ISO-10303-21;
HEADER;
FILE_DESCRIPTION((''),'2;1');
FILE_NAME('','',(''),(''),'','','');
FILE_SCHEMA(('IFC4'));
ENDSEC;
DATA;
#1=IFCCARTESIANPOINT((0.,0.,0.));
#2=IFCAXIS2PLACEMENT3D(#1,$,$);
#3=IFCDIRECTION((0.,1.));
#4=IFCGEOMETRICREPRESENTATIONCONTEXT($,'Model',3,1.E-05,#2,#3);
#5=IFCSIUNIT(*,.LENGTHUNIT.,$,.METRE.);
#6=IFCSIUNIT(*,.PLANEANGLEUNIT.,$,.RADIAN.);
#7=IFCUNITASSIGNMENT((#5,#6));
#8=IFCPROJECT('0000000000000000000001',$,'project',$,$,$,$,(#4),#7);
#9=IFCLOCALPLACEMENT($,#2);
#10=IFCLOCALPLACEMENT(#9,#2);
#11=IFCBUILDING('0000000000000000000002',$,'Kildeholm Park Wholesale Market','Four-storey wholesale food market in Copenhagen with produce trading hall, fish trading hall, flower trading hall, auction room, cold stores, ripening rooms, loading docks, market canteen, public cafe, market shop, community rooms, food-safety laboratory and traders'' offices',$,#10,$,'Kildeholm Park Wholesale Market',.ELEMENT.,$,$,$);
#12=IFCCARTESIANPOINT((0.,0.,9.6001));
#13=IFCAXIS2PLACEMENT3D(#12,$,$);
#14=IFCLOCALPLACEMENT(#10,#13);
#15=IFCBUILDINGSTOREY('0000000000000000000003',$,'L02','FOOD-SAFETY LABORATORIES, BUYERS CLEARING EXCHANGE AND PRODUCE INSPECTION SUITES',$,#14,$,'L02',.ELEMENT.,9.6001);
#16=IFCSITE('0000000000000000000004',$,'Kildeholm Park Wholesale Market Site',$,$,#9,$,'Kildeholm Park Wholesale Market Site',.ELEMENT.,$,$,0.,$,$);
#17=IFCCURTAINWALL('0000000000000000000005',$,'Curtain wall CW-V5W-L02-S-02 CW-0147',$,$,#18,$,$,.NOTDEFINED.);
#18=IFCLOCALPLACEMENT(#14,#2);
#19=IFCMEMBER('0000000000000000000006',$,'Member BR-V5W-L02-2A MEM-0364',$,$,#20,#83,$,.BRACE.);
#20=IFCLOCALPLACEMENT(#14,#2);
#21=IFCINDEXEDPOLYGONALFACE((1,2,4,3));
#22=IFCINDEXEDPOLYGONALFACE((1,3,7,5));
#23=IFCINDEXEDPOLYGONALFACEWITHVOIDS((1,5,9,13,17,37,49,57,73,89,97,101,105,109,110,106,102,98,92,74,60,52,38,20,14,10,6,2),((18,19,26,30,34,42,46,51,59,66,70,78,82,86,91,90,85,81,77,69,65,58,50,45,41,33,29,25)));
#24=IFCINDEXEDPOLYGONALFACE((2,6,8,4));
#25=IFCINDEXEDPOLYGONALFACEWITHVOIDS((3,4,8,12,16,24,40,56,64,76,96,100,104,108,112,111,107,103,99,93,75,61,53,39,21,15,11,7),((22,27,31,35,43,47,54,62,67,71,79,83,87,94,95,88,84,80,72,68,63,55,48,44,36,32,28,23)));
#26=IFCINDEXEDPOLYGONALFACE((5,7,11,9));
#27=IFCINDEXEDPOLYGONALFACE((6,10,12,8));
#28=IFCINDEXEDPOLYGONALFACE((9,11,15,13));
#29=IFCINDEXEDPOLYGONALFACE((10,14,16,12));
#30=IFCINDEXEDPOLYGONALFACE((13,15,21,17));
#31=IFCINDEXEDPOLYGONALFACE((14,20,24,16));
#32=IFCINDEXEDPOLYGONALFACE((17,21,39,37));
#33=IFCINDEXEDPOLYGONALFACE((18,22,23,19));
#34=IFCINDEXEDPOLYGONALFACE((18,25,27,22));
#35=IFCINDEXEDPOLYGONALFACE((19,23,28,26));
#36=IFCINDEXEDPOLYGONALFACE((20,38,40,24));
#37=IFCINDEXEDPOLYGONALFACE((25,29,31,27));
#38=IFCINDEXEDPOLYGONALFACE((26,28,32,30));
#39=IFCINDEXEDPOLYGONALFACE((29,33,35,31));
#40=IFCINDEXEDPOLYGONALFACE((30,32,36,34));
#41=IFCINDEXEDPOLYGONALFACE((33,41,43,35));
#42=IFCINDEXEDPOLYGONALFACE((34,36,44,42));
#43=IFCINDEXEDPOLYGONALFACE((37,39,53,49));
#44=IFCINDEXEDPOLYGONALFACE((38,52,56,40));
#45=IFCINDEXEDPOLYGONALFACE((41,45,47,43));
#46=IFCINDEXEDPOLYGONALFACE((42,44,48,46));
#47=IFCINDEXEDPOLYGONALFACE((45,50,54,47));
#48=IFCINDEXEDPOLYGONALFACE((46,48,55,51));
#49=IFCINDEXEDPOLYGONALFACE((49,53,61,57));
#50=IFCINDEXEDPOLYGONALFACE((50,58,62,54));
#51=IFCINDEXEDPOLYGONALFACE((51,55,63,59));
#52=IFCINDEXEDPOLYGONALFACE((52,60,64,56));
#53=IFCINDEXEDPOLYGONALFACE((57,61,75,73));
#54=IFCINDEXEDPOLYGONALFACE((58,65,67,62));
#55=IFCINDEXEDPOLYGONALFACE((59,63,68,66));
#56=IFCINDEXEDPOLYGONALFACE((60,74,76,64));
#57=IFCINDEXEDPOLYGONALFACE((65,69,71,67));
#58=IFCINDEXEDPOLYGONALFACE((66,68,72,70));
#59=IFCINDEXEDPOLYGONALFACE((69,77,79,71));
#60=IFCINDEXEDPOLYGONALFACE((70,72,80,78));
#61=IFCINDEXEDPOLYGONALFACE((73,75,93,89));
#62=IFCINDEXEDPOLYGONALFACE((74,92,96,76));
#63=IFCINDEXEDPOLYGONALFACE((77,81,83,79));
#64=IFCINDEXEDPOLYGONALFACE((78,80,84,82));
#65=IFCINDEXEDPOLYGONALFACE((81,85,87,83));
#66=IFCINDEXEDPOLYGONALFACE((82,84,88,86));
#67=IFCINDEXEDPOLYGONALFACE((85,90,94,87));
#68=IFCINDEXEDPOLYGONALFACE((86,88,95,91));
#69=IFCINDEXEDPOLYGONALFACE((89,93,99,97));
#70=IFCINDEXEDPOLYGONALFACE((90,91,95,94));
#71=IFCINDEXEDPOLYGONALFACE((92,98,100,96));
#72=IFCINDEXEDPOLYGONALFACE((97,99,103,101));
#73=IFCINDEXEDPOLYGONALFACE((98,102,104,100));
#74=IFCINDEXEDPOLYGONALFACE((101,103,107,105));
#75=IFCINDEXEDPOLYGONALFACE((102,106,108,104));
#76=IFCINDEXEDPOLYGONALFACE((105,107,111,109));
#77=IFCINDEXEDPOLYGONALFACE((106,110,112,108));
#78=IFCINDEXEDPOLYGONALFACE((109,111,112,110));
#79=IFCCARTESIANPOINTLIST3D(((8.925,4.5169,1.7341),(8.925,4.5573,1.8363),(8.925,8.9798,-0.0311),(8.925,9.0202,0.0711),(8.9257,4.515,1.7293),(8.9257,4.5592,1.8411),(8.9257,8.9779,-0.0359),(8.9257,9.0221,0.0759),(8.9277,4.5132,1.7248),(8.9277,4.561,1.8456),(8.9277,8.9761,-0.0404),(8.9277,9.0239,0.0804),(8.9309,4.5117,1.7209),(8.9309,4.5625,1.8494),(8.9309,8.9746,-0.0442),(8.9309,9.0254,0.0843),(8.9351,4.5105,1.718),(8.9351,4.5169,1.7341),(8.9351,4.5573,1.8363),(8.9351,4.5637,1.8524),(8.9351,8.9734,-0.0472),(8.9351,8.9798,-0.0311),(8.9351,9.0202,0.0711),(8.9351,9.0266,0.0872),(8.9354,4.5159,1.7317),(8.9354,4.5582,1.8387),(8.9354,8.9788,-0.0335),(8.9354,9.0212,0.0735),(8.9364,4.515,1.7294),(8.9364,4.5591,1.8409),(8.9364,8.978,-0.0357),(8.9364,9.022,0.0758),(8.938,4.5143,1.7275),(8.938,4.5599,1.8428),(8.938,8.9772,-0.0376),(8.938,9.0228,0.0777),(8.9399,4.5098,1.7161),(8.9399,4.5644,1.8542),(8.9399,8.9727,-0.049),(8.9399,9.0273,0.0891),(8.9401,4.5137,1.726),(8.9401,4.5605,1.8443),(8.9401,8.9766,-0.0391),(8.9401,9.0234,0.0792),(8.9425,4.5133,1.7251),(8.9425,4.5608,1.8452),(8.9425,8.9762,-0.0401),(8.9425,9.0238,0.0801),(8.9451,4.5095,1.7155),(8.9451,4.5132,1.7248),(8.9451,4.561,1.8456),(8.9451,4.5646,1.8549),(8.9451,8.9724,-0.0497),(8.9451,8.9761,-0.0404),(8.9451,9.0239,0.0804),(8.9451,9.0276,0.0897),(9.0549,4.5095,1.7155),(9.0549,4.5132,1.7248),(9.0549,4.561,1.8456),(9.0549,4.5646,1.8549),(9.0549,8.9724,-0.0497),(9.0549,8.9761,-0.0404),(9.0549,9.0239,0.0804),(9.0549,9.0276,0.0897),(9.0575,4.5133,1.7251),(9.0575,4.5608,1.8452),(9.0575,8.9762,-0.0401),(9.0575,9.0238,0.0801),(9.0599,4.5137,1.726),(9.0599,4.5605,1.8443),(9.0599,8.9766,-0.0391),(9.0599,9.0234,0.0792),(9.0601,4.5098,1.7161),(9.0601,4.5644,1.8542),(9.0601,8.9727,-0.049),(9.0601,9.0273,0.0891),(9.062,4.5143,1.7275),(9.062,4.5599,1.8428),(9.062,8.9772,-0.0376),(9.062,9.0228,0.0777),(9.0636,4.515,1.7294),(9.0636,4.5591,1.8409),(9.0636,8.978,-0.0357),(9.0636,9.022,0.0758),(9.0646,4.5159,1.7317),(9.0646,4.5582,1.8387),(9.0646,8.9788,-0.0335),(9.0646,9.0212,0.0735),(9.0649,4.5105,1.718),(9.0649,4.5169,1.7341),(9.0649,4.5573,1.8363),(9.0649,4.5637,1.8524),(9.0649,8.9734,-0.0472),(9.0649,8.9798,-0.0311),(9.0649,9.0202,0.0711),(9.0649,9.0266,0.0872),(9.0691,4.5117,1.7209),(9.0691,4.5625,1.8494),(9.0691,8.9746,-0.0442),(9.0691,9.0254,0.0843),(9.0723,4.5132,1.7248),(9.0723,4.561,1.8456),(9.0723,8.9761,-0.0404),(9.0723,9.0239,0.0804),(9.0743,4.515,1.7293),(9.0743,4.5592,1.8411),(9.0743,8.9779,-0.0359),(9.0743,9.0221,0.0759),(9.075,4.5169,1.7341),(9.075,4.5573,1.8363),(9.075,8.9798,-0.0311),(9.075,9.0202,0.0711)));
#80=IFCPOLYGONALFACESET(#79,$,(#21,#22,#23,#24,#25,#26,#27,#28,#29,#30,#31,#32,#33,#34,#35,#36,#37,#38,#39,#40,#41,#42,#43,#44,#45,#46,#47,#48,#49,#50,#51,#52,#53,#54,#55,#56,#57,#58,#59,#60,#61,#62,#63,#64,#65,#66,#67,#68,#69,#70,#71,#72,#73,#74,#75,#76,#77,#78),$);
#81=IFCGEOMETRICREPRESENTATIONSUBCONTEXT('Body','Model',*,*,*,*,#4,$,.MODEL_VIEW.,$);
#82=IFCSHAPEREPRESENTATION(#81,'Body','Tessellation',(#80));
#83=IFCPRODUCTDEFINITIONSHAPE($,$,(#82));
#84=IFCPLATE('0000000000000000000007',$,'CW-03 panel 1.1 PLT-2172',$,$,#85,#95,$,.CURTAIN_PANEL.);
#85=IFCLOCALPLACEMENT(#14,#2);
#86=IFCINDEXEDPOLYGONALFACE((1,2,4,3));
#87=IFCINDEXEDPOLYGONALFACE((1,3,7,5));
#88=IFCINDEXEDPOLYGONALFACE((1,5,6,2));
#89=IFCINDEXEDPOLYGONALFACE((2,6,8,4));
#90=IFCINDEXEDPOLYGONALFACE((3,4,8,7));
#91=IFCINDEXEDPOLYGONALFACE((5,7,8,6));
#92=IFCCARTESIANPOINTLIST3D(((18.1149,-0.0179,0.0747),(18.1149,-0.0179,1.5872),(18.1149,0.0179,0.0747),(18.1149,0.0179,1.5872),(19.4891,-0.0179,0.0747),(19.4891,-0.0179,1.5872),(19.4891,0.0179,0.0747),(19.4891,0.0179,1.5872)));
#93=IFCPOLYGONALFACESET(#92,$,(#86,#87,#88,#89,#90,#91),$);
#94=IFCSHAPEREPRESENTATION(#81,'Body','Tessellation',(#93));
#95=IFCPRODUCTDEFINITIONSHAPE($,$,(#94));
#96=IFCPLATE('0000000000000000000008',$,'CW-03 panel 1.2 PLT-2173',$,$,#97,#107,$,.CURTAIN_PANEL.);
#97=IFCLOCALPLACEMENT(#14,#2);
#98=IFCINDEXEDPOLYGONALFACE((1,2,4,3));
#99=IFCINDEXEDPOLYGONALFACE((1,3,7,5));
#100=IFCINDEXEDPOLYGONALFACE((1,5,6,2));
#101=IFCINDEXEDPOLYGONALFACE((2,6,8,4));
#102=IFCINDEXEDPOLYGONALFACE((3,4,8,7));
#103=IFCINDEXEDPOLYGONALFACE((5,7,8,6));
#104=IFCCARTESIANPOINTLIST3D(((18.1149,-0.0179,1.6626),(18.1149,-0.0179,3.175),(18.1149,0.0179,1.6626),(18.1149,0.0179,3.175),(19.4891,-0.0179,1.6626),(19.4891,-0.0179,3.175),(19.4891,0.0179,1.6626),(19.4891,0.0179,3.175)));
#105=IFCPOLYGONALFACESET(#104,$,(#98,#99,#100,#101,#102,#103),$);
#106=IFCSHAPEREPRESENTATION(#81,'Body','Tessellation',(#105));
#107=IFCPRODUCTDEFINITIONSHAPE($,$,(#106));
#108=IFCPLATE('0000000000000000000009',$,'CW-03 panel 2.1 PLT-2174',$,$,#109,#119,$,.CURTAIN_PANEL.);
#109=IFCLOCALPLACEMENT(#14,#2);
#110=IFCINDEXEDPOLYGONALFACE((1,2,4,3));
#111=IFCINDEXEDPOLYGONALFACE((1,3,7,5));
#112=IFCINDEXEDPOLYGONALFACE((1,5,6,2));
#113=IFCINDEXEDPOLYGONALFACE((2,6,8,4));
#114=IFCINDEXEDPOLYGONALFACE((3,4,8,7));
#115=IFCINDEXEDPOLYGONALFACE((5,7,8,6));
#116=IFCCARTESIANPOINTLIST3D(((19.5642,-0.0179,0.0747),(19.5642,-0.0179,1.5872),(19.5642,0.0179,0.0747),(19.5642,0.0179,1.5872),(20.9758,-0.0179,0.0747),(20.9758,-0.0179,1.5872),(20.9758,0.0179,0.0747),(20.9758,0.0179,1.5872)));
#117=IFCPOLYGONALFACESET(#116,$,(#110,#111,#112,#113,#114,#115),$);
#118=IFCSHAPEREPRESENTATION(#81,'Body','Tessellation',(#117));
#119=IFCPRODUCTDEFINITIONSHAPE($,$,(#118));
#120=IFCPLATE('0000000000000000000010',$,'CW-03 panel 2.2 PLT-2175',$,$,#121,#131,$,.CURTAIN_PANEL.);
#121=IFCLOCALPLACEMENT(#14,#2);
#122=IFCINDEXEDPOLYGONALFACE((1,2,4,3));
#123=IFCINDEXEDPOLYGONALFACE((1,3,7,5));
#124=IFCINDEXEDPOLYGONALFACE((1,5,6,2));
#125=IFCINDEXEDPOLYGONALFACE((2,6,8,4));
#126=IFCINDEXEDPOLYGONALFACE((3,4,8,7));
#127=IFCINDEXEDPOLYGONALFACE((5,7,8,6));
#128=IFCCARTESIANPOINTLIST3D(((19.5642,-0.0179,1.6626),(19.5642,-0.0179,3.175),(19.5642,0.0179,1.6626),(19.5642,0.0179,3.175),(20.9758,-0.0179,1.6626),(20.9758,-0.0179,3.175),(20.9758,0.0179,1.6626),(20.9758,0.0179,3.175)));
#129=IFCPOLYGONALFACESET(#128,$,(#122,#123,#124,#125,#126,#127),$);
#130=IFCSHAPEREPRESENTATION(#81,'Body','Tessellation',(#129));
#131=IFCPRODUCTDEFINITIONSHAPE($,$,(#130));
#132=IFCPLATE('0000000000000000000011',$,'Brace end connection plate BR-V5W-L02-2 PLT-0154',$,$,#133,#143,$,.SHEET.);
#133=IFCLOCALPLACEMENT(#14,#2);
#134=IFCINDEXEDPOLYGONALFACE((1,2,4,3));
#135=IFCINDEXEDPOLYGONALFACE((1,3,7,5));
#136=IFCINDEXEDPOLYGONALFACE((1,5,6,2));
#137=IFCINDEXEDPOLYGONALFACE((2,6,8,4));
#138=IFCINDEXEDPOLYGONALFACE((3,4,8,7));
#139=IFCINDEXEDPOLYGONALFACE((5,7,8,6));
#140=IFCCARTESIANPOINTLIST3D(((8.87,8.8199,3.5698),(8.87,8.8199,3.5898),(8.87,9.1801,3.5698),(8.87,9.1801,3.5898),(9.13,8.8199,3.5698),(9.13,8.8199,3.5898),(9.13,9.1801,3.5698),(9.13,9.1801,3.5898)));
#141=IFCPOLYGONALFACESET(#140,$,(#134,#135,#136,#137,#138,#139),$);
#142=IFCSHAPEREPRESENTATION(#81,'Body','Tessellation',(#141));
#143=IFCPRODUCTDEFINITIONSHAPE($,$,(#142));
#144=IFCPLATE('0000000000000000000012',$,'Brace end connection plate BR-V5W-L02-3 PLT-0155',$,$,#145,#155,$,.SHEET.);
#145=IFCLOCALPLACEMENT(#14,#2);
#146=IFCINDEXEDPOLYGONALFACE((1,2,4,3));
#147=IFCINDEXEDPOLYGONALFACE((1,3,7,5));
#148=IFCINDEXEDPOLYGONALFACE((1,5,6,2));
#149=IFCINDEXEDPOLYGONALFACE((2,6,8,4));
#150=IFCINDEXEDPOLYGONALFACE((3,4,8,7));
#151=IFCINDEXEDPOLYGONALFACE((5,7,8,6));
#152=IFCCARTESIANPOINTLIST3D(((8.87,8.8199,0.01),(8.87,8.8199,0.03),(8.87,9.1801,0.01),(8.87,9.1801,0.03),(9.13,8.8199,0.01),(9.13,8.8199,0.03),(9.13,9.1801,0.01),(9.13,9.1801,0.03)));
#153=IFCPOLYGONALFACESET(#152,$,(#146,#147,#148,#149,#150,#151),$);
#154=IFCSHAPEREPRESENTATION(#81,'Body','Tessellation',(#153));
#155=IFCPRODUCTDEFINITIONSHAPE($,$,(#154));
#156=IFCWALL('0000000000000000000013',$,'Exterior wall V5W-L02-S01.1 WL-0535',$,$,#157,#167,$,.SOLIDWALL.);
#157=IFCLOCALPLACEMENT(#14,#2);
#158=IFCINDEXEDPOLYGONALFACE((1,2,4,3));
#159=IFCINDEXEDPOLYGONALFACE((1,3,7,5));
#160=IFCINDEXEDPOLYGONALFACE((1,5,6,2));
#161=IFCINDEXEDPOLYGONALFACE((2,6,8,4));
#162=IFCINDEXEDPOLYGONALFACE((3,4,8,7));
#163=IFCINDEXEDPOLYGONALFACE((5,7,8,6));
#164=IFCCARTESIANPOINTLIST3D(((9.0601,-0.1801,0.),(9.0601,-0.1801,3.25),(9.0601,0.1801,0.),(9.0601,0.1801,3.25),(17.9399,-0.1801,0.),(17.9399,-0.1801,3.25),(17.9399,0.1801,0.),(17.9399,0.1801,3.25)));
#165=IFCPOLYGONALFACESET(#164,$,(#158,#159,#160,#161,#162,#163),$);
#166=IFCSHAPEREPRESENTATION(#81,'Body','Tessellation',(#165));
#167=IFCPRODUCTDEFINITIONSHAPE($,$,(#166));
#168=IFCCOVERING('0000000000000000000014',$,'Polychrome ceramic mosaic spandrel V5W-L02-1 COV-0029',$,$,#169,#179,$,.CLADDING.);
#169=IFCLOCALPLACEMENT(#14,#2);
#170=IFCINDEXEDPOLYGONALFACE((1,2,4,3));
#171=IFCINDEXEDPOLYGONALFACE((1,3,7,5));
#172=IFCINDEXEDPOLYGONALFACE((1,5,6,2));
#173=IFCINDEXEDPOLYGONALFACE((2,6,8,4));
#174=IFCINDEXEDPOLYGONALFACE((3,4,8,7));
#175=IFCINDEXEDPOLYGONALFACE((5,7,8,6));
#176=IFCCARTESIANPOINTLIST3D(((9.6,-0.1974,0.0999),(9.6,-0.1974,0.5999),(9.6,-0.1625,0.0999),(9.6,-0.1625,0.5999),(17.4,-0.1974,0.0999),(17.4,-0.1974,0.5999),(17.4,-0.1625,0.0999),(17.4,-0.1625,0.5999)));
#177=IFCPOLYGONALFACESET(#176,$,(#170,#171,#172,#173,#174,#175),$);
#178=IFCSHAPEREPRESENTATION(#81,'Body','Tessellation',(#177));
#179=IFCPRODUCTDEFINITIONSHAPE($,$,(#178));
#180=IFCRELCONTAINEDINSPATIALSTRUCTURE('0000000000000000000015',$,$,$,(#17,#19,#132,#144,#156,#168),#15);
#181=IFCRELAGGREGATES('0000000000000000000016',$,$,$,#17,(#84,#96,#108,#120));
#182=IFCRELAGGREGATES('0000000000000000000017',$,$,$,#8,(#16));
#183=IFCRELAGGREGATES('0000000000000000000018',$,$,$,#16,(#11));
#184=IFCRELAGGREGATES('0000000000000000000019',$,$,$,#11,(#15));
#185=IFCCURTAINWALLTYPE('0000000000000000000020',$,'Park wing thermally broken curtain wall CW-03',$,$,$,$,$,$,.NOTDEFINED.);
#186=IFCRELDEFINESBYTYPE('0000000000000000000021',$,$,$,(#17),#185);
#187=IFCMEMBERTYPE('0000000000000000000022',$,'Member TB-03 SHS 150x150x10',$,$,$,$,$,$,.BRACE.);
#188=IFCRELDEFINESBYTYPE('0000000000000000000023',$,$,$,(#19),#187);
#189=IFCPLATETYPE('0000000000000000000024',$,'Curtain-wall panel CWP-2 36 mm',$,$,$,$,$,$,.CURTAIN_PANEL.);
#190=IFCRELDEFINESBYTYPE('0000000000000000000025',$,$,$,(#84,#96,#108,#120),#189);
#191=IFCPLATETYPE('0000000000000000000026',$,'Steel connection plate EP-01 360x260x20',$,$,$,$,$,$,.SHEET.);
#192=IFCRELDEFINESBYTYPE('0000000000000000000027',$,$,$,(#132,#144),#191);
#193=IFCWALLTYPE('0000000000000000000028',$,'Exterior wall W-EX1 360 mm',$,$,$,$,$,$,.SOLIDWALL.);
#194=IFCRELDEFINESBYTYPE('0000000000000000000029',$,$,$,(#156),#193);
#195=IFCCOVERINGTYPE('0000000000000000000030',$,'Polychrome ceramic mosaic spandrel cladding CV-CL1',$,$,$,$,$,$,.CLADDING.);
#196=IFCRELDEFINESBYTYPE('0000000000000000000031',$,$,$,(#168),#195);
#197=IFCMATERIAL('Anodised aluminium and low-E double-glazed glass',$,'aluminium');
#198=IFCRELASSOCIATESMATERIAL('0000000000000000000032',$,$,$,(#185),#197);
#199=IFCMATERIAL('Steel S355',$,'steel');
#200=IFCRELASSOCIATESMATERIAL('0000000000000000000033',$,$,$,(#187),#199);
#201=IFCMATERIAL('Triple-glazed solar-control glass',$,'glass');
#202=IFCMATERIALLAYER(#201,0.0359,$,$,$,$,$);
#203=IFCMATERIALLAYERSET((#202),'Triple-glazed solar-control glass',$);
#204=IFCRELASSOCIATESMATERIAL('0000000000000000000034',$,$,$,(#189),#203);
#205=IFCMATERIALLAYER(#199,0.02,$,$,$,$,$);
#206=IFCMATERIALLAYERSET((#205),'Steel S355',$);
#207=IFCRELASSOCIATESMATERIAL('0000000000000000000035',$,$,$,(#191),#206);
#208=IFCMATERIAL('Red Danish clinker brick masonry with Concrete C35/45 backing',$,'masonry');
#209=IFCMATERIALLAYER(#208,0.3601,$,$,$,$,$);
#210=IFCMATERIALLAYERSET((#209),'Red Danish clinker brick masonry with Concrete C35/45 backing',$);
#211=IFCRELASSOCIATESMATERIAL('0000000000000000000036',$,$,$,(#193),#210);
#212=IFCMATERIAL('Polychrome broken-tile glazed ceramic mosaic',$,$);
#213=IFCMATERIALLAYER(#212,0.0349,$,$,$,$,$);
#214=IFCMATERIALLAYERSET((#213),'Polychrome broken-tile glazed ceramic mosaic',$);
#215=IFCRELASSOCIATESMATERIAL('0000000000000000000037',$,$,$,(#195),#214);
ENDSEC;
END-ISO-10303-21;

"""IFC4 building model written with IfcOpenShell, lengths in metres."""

from ifc_helpers import new_model, si_unit, direction, frame, frame_2d, origin, origin_2d, place, context, subcontext, project, spatial, rectangle, hollow_rectangle, extrude, material, layer, layer_set, material_profile, profile_set, type_object, element, aggregate, save


model = new_model("IFC4")

# Units and contexts
model_context = context("Model", 3, precision=1e-05, world=origin(), true_north=direction((0.0, 1.0)))
body_context = subcontext(model_context, "Body", "Model", "MODEL_VIEW")
ifc_project = project(units=[si_unit("LENGTHUNIT", "METRE"), si_unit("PLANEANGLEUNIT", "RADIAN")], contexts=[model_context])

# Site, building, storey
site_placement = place(None, origin())
site = spatial("IfcSite", under=ifc_project, at=site_placement, Name="Kildeholm Park Wholesale Market Site", LongName="Kildeholm Park Wholesale Market Site", CompositionType="ELEMENT", RefElevation=0.0)
building_placement = place(site_placement, origin())
building = spatial("IfcBuilding", under=site, at=building_placement, Name="Kildeholm Park Wholesale Market", Description="Four-storey wholesale food market in Copenhagen with produce trading hall, fish trading hall, flower trading hall, auction room, cold stores, ripening rooms, loading docks, market canteen, public cafe, market shop, community rooms, food-safety laboratory and traders' offices", LongName="Kildeholm Park Wholesale Market", CompositionType="ELEMENT")
storey_placement = place(building_placement, frame((0.0, 0.0, 9.6001)))
storey = spatial("IfcBuildingStorey", under=building, at=storey_placement, Name="L02", Description="FOOD-SAFETY LABORATORIES, BUYERS CLEARING EXCHANGE AND PRODUCE INSPECTION SUITES", LongName="L02", CompositionType="ELEMENT", Elevation=9.6001)

# Shared definitions
ifc_material_1 = material(Name="Steel S355", Category="steel")

# Curtain wall
ifc_material_2 = material(Name="Anodised aluminium and low-E double-glazed glass", Category="aluminium")
curtain_wall_type = type_object("IfcCurtainWallType", Name="Park wing thermally broken curtain wall CW-03", PredefinedType="NOTDEFINED", material=ifc_material_2)
curtain_wall_placement = place(storey_placement, origin())
curtain_wall = element("IfcCurtainWall", 1, at=curtain_wall_placement, inside=storey, type_object=curtain_wall_type, Name="Curtain wall CW-V5W-L02-S-02 CW-0147", PredefinedType="NOTDEFINED")

# Member
ifc_material_profile_1 = material_profile(ifc_material_1, hollow_rectangle(XDim=0.1499, YDim=0.1499, WallThickness=0.01, InnerFilletRadius=0.01, OuterFilletRadius=0.02, at=origin_2d()), Name="SHS 150x150x10")
ifc_profile_set_1 = profile_set([ifc_material_profile_1], Name="Steel S355")
member_type_1 = type_object("IfcMemberType", Name="Member TB-03 SHS 150x150x10", PredefinedType="BRACE", material=ifc_profile_set_1)
member_1_placement = place(storey_placement, frame((9.0, 9.0, 0.02), z_axis=(0.0, -0.929908, 0.367792), x_axis=(1.0, 0.0, 0.0)))
element("IfcMember", 2, at=member_1_placement, inside=storey, type_object=member_type_1, Name="Member BR-V5W-L02-2A MEM-0364", PredefinedType="BRACE", context=body_context, shape_type="SweptSolid", body=[
    extrude(hollow_rectangle(XDim=0.1499, YDim=0.1499, WallThickness=0.01, InnerFilletRadius=0.01, OuterFilletRadius=0.02, at=origin_2d()), origin(), (0.0, 0.0, 1.0), 4.7993),
])

# Plates
ifc_material_3 = material(Name="Triple-glazed solar-control glass", Category="glass")
ifc_layer_1 = layer(ifc_material_3, 0.0359)
ifc_layer_set_1 = layer_set([ifc_layer_1], Name="Triple-glazed solar-control glass")
plate_type_1 = type_object("IfcPlateType", Name="Curtain-wall panel CWP-2 36 mm", PredefinedType="CURTAIN_PANEL", material=ifc_layer_set_1)
plate_1_placement = place(storey_placement, frame((18.802, 0.0, 0.0747), z_axis=(0.0, 0.0, 1.0), x_axis=(1.0, 0.0, 0.0)))
plate_1 = element("IfcPlate", 3, at=plate_1_placement, type_object=plate_type_1, Name="CW-03 panel 1.1 PLT-2172", PredefinedType="CURTAIN_PANEL", context=body_context, shape_type="SweptSolid", body=[
    extrude(rectangle(XDim=1.3743, YDim=0.0359, at=origin_2d()), origin(), (0.0, 0.0, 1.0), 1.5125),
])
plate_2_placement = place(storey_placement, frame((18.802, 0.0, 1.6626), z_axis=(0.0, 0.0, 1.0), x_axis=(1.0, 0.0, 0.0)))
plate_2 = element("IfcPlate", 4, at=plate_2_placement, type_object=plate_type_1, Name="CW-03 panel 1.2 PLT-2173", PredefinedType="CURTAIN_PANEL", context=body_context, shape_type="SweptSolid", body=[
    extrude(rectangle(XDim=1.3743, YDim=0.0359, at=origin_2d()), origin(), (0.0, 0.0, 1.0), 1.5125),
])
plate_3_placement = place(storey_placement, frame((20.27, 0.0, 0.0747), z_axis=(0.0, 0.0, 1.0), x_axis=(1.0, 0.0, 0.0)))
plate_3 = element("IfcPlate", 5, at=plate_3_placement, type_object=plate_type_1, Name="CW-03 panel 2.1 PLT-2174", PredefinedType="CURTAIN_PANEL", context=body_context, shape_type="SweptSolid", body=[
    extrude(rectangle(XDim=1.4116, YDim=0.0359, at=origin_2d()), origin(), (0.0, 0.0, 1.0), 1.5125),
])
plate_4_placement = place(storey_placement, frame((20.27, 0.0, 1.6626), z_axis=(0.0, 0.0, 1.0), x_axis=(1.0, 0.0, 0.0)))
plate_4 = element("IfcPlate", 6, at=plate_4_placement, type_object=plate_type_1, Name="CW-03 panel 2.2 PLT-2175", PredefinedType="CURTAIN_PANEL", context=body_context, shape_type="SweptSolid", body=[
    extrude(rectangle(XDim=1.4116, YDim=0.0359, at=origin_2d()), origin(), (0.0, 0.0, 1.0), 1.5125),
])
aggregate(curtain_wall, [plate_1, plate_2, plate_3, plate_4])

# Plates
ifc_layer_2 = layer(ifc_material_1, 0.02)
ifc_layer_set_2 = layer_set([ifc_layer_2], Name="Steel S355")
plate_type_2 = type_object("IfcPlateType", Name="Steel connection plate EP-01 360x260x20", PredefinedType="SHEET", material=ifc_layer_set_2)
for number, where, z_axis, x_axis, name in (
    (7, (9.0, 9.0, 3.5698), (0.0, 0.0, 1.0), (0.0, 1.0, 0.0), "Brace end connection plate BR-V5W-L02-2 PLT-0154"),
    (8, (9.0, 9.0, 0.01), (0.0, 0.0, 1.0), (0.0, 1.0, 0.0), "Brace end connection plate BR-V5W-L02-3 PLT-0155"),
):
    element("IfcPlate", number, at=place(storey_placement, frame(where, z_axis=z_axis, x_axis=x_axis)), inside=storey, type_object=plate_type_2, Name=name, PredefinedType="SHEET", context=body_context, shape_type="SweptSolid", body=[
        extrude(rectangle(XDim=0.3601, YDim=0.26, at=origin_2d()), origin(), (0.0, 0.0, 1.0), 0.02),
    ])

# Wall
ifc_material_4 = material(Name="Red Danish clinker brick masonry with Concrete C35/45 backing", Category="masonry")
ifc_layer_3 = layer(ifc_material_4, 0.3601)
ifc_layer_set_3 = layer_set([ifc_layer_3], Name="Red Danish clinker brick masonry with Concrete C35/45 backing")
wall_type = type_object("IfcWallType", Name="Exterior wall W-EX1 360 mm", PredefinedType="SOLIDWALL", material=ifc_layer_set_3)
wall_placement = place(storey_placement, frame((9.0601, 0.0, 0.0), z_axis=(0.0, 0.0, 1.0), x_axis=(1.0, 0.0, 0.0)))
element("IfcWall", 9, at=wall_placement, inside=storey, type_object=wall_type, Name="Exterior wall V5W-L02-S01.1 WL-0535", PredefinedType="SOLIDWALL", context=body_context, shape_type="SweptSolid", body=[
    extrude(rectangle(XDim=8.8799, YDim=0.3601, at=frame_2d((4.4399, 0.0))), origin(), (0.0, 0.0, 1.0), 3.25),
])

# Covering
ifc_material_5 = material(Name="Polychrome broken-tile glazed ceramic mosaic")
ifc_layer_4 = layer(ifc_material_5, 0.0349)
ifc_layer_set_4 = layer_set([ifc_layer_4], Name="Polychrome broken-tile glazed ceramic mosaic")
covering_type = type_object("IfcCoveringType", Name="Polychrome ceramic mosaic spandrel cladding CV-CL1", PredefinedType="CLADDING", material=ifc_layer_set_4)
covering_placement = place(storey_placement, frame((13.5, -0.1799, 0.0999), z_axis=(0.0, 0.0, 1.0), x_axis=(1.0, 0.0, 0.0)))
element("IfcCovering", 10, at=covering_placement, inside=storey, type_object=covering_type, Name="Polychrome ceramic mosaic spandrel V5W-L02-1 COV-0029", PredefinedType="CLADDING", context=body_context, shape_type="SweptSolid", body=[
    extrude(rectangle(XDim=7.8, YDim=0.0349, at=origin_2d()), origin(), (0.0, 0.0, 1.0), 0.5),
])

save(model, "model.ifc")
